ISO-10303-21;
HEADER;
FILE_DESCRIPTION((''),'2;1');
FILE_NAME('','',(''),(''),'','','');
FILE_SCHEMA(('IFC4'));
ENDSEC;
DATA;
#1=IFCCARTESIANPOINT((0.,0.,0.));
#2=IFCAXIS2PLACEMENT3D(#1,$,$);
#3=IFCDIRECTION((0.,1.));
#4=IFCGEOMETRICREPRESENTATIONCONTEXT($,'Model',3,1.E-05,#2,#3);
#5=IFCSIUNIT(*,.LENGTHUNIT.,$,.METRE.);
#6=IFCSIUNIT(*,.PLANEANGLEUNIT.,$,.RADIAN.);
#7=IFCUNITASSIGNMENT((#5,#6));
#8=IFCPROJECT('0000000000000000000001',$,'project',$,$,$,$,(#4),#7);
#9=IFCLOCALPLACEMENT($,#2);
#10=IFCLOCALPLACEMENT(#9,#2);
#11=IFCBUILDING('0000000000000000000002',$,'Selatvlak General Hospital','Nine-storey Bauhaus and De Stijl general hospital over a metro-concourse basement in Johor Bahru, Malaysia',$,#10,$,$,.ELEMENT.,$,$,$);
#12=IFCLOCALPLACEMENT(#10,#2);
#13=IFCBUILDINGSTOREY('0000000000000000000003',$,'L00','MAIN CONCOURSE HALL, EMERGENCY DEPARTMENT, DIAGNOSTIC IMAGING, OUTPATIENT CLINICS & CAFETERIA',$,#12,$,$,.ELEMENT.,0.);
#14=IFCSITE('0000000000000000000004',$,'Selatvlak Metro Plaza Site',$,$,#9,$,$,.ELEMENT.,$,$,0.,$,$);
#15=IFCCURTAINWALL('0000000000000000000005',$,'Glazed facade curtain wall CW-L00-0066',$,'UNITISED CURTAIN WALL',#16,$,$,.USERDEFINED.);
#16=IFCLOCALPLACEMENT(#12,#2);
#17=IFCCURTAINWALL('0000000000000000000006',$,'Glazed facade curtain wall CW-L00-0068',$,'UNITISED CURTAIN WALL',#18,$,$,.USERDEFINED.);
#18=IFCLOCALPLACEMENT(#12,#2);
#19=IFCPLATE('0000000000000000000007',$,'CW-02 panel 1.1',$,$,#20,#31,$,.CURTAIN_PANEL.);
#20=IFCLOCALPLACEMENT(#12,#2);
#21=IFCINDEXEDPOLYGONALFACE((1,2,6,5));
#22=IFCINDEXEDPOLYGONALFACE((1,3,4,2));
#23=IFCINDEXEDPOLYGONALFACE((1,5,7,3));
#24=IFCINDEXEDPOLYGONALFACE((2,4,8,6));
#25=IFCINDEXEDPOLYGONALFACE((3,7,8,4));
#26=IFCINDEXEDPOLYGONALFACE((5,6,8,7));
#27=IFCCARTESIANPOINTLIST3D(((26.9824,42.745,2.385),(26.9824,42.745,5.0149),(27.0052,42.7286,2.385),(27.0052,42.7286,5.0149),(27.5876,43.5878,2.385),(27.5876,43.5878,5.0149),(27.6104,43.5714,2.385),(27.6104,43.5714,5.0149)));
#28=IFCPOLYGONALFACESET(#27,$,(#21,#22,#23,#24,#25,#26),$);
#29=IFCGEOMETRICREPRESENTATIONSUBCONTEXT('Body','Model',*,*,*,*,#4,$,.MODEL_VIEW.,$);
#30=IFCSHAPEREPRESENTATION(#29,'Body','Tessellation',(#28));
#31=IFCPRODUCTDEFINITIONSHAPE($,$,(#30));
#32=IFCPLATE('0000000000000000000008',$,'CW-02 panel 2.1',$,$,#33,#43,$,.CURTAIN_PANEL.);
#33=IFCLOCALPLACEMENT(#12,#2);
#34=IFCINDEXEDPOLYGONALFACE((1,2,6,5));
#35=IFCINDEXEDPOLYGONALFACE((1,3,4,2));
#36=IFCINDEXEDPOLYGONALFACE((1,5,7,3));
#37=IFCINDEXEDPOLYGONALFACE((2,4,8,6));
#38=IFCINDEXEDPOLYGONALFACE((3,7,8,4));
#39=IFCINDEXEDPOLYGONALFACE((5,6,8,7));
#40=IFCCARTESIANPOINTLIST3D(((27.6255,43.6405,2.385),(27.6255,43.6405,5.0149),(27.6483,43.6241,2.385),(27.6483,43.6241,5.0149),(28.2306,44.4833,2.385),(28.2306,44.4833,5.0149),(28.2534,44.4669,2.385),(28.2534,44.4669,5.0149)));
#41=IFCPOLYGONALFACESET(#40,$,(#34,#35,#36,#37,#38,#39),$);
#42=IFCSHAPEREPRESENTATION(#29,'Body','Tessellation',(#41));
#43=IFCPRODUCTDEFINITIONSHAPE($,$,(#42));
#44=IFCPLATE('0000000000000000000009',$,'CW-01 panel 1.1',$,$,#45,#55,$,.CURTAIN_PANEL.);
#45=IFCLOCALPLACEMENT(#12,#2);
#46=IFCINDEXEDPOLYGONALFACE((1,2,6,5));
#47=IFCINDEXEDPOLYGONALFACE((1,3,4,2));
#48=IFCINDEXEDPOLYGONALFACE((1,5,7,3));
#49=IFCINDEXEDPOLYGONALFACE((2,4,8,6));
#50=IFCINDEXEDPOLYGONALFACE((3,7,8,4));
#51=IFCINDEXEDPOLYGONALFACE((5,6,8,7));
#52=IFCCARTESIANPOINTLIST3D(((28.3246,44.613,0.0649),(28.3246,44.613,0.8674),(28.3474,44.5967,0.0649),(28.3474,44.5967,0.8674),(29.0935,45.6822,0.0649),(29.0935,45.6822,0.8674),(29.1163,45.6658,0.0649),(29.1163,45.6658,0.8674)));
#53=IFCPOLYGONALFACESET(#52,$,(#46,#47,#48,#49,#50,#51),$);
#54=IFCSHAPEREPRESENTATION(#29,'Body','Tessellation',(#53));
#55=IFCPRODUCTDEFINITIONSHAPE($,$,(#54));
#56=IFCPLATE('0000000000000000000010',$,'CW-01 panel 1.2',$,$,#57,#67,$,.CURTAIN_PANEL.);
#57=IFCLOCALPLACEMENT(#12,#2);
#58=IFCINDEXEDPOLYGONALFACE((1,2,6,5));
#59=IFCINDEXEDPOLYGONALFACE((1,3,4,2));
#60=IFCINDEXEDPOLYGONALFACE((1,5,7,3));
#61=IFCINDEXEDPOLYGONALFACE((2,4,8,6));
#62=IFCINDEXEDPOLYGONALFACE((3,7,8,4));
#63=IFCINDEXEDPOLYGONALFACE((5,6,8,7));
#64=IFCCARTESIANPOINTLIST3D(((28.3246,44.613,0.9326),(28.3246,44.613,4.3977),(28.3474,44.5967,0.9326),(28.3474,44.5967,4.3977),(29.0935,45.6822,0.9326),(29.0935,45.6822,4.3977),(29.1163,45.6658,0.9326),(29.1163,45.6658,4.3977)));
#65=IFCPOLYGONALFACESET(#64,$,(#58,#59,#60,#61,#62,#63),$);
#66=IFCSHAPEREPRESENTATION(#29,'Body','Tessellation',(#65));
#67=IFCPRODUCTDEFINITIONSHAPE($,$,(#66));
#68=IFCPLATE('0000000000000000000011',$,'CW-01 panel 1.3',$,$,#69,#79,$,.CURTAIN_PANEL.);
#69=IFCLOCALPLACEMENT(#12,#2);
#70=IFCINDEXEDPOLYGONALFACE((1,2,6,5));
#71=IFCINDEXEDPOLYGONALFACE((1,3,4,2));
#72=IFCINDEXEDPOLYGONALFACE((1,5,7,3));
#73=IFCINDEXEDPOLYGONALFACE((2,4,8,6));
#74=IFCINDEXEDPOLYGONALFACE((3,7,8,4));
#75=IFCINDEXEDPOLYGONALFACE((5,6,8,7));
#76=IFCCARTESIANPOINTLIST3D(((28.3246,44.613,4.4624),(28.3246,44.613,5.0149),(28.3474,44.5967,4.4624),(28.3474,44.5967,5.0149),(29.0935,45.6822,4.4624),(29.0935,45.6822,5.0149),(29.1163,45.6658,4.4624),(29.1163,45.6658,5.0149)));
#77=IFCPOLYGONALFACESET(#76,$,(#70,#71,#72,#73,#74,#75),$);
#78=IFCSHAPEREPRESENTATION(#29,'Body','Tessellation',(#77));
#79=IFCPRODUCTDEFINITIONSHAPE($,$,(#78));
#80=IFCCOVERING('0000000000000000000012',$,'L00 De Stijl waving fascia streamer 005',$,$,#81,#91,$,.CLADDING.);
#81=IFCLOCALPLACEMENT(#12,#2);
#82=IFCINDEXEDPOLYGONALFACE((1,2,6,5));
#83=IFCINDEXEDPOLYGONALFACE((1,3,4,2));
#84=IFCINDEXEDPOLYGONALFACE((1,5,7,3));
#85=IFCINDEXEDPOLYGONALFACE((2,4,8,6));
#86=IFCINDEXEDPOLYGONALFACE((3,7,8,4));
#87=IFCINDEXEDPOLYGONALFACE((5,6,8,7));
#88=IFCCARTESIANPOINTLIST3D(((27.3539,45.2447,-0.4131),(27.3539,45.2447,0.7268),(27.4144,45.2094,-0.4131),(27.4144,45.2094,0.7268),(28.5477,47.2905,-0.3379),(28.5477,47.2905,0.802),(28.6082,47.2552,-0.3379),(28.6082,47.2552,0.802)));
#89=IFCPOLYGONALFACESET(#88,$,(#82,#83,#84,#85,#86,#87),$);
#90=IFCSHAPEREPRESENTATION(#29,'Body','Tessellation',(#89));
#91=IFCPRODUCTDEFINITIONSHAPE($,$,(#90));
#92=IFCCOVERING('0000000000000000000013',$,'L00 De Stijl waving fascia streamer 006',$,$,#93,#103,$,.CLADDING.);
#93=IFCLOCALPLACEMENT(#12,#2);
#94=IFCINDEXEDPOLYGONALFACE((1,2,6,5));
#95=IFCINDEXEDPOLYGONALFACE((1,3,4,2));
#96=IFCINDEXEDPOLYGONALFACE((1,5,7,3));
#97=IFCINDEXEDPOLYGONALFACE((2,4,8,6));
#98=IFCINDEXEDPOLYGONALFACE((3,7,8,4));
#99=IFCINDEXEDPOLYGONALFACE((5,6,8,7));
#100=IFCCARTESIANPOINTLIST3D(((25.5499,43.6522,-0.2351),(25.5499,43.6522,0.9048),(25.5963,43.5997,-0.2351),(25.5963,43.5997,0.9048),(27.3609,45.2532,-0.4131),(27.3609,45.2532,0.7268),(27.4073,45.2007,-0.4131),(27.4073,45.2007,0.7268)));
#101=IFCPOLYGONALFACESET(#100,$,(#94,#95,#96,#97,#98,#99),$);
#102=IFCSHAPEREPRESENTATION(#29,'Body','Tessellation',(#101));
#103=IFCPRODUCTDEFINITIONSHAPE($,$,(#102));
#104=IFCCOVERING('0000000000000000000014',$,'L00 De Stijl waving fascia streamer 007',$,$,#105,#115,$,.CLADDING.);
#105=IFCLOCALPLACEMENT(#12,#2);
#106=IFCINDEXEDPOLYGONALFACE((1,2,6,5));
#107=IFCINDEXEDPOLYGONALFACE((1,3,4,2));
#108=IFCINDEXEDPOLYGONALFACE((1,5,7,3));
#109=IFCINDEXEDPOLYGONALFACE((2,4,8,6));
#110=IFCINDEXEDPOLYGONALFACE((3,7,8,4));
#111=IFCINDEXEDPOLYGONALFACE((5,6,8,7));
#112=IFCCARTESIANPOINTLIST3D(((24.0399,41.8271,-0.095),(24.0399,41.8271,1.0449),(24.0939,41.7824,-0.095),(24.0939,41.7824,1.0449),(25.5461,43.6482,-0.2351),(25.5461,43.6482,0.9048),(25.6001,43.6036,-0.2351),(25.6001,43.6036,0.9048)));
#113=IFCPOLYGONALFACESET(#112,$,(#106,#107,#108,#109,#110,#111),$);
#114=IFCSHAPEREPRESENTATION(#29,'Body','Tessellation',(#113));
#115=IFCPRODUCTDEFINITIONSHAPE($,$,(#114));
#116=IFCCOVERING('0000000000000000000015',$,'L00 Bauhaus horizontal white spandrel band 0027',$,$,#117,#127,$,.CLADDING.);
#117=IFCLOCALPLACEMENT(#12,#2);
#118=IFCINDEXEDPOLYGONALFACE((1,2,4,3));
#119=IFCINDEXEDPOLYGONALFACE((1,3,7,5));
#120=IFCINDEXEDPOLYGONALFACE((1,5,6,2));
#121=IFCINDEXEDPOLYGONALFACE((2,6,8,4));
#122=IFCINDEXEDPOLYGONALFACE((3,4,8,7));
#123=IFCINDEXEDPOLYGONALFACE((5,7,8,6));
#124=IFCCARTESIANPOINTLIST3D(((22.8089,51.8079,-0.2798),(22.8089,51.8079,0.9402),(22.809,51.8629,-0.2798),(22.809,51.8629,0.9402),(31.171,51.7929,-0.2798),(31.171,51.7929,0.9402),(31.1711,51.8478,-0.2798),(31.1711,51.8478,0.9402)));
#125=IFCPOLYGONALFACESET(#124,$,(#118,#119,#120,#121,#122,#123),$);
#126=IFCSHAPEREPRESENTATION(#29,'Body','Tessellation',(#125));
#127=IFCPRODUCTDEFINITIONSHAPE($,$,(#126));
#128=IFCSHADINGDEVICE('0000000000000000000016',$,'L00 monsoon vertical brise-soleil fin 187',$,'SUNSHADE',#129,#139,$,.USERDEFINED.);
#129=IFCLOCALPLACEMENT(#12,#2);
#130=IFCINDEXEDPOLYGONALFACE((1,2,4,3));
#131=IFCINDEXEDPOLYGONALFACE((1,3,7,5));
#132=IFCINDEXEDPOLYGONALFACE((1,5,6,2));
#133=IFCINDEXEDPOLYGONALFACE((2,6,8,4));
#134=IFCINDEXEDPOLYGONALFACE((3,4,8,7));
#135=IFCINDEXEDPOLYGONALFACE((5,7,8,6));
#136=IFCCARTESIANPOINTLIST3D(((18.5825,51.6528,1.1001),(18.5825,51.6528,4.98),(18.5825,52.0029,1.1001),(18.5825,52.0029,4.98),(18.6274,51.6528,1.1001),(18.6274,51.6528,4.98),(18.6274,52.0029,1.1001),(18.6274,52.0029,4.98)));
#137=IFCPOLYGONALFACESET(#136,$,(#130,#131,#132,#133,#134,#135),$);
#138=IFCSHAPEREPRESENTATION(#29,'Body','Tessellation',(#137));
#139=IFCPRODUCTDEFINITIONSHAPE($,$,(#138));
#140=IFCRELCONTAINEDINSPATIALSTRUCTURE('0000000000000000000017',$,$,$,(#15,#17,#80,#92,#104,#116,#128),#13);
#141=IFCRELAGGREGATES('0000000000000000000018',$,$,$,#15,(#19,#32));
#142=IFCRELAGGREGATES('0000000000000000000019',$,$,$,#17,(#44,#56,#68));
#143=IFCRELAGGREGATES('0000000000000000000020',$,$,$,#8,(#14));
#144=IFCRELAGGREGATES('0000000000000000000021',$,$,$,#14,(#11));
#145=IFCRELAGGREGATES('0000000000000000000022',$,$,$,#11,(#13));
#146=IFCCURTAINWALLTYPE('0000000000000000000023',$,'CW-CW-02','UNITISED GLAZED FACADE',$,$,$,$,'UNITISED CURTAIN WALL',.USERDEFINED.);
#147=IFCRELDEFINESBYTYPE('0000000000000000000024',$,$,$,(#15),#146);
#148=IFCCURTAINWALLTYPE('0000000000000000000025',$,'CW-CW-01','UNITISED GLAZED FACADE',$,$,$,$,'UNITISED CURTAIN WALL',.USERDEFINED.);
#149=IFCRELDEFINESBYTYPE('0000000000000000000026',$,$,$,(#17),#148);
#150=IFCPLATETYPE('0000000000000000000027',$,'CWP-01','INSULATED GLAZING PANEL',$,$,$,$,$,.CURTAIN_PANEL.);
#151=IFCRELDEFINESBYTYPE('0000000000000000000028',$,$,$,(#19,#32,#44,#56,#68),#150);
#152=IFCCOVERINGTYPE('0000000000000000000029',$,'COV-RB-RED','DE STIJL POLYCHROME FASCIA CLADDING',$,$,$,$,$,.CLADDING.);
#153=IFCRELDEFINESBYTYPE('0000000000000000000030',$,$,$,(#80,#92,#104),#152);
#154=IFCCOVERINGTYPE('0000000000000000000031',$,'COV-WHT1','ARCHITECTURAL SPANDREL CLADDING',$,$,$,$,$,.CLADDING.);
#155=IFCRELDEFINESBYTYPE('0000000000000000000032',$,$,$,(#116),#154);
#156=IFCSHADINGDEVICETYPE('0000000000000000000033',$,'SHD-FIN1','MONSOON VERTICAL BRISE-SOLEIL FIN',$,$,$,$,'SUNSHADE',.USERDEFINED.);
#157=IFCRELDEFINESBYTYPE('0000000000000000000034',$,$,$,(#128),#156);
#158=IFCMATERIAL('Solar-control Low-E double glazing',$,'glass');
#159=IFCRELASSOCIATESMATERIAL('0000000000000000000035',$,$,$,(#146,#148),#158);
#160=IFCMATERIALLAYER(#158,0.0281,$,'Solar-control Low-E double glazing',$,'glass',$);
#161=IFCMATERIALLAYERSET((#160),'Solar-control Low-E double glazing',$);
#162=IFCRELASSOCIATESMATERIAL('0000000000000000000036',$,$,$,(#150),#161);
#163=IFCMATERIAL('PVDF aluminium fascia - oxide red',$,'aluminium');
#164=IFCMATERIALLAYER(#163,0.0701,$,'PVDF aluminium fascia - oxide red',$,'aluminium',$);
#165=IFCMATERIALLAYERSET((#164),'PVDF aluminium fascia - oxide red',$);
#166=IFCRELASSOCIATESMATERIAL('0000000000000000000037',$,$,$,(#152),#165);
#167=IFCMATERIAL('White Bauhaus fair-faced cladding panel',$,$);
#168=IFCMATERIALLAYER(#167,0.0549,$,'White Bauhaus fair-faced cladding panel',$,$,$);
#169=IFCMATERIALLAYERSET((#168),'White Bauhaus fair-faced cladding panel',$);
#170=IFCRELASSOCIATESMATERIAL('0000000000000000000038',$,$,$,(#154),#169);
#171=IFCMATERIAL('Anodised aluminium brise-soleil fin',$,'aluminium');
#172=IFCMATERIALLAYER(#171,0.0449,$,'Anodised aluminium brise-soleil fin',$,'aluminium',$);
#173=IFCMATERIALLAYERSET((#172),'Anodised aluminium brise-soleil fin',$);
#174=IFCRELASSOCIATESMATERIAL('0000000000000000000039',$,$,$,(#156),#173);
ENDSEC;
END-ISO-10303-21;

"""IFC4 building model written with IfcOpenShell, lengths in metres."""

from ifc_helpers import new_model, si_unit, direction, frame, origin, origin_2d, place, context, subcontext, project, spatial, polyline, rectangle, outline, extrude, material, layer, layer_set, type_object, element, aggregate, save


model = new_model("IFC4")

# Units and contexts
model_context = context("Model", 3, precision=1e-05, world=origin(), true_north=direction((0.0, 1.0)))
body_context = subcontext(model_context, "Body", "Model", "MODEL_VIEW")
ifc_project = project(units=[si_unit("LENGTHUNIT", "METRE"), si_unit("PLANEANGLEUNIT", "RADIAN")], contexts=[model_context])

# Site, building, storey
site_placement = place(None, origin())
site = spatial("IfcSite", under=ifc_project, at=site_placement, Name="Selatvlak Metro Plaza Site", CompositionType="ELEMENT", RefElevation=0.0)
building_placement = place(site_placement, origin())
building = spatial("IfcBuilding", under=site, at=building_placement, Name="Selatvlak General Hospital", Description="Nine-storey Bauhaus and De Stijl general hospital over a metro-concourse basement in Johor Bahru, Malaysia", CompositionType="ELEMENT")
storey_placement = place(building_placement, origin())
storey = spatial("IfcBuildingStorey", under=building, at=storey_placement, Name="L00", Description="MAIN CONCOURSE HALL, EMERGENCY DEPARTMENT, DIAGNOSTIC IMAGING, OUTPATIENT CLINICS & CAFETERIA", CompositionType="ELEMENT", Elevation=0.0)

# Curtain walls
ifc_material_1 = material(Name="Solar-control Low-E double glazing", Category="glass")
curtain_wall_type_1 = type_object("IfcCurtainWallType", Name="CW-CW-02", Description="UNITISED GLAZED FACADE", ElementType="UNITISED CURTAIN WALL", PredefinedType="USERDEFINED", material=ifc_material_1)
curtain_wall_1_placement = place(storey_placement, origin())
curtain_wall_1 = element("IfcCurtainWall", 1, at=curtain_wall_1_placement, inside=storey, type_object=curtain_wall_type_1, Name="Glazed facade curtain wall CW-L00-0066", ObjectType="UNITISED CURTAIN WALL", PredefinedType="USERDEFINED")
curtain_wall_type_2 = type_object("IfcCurtainWallType", Name="CW-CW-01", Description="UNITISED GLAZED FACADE", ElementType="UNITISED CURTAIN WALL", PredefinedType="USERDEFINED", material=ifc_material_1)
curtain_wall_2_placement = place(storey_placement, origin())
curtain_wall_2 = element("IfcCurtainWall", 2, at=curtain_wall_2_placement, inside=storey, type_object=curtain_wall_type_2, Name="Glazed facade curtain wall CW-L00-0068", ObjectType="UNITISED CURTAIN WALL", PredefinedType="USERDEFINED")

# Plates
ifc_layer_1 = layer(ifc_material_1, 0.0281, Name="Solar-control Low-E double glazing", Category="glass")
ifc_layer_set_1 = layer_set([ifc_layer_1], Name="Solar-control Low-E double glazing")
plate_type = type_object("IfcPlateType", Name="CWP-01", Description="INSULATED GLAZING PANEL", PredefinedType="CURTAIN_PANEL", material=ifc_layer_set_1)
plate_1_placement = place(storey_placement, frame((27.2964, 43.1582, 2.385), z_axis=(0.0, 0.0, 1.0), x_axis=(0.583237, 0.812302, 0.0)))
plate_1 = element("IfcPlate", 3, at=plate_1_placement, type_object=plate_type, Name="CW-02 panel 1.1", PredefinedType="CURTAIN_PANEL", context=body_context, shape_type="SweptSolid", body=[
    extrude(rectangle(XDim=1.0376, YDim=0.0281, at=origin_2d()), origin(), (0.0, 0.0, 1.0), 2.6299),
])
plate_2_placement = place(storey_placement, frame((27.9395, 44.0537, 2.385), z_axis=(0.0, 0.0, 1.0), x_axis=(0.583237, 0.812302, 0.0)))
plate_2 = element("IfcPlate", 4, at=plate_2_placement, type_object=plate_type, Name="CW-02 panel 2.1", PredefinedType="CURTAIN_PANEL", context=body_context, shape_type="SweptSolid", body=[
    extrude(rectangle(XDim=1.0376, YDim=0.0281, at=origin_2d()), origin(), (0.0, 0.0, 1.0), 2.6299),
])
aggregate(curtain_wall_1, [plate_1, plate_2])
plate_3_placement = place(storey_placement, frame((28.7205, 45.1394, 0.0649), z_axis=(0.0, 0.0, 1.0), x_axis=(0.583884, 0.811837, 0.0)))
plate_3 = element("IfcPlate", 5, at=plate_3_placement, type_object=plate_type, Name="CW-01 panel 1.1", PredefinedType="CURTAIN_PANEL", context=body_context, shape_type="SweptSolid", body=[
    extrude(rectangle(XDim=1.3169, YDim=0.0281, at=origin_2d()), origin(), (0.0, 0.0, 1.0), 0.8025),
])
plate_4_placement = place(storey_placement, frame((28.7205, 45.1394, 0.9326), z_axis=(0.0, 0.0, 1.0), x_axis=(0.583884, 0.811837, 0.0)))
plate_4 = element("IfcPlate", 6, at=plate_4_placement, type_object=plate_type, Name="CW-01 panel 1.2", PredefinedType="CURTAIN_PANEL", context=body_context, shape_type="SweptSolid", body=[
    extrude(rectangle(XDim=1.3169, YDim=0.0281, at=origin_2d()), origin(), (0.0, 0.0, 1.0), 3.4651),
])
plate_5_placement = place(storey_placement, frame((28.7205, 45.1394, 4.4624), z_axis=(0.0, 0.0, 1.0), x_axis=(0.583884, 0.811837, 0.0)))
plate_5 = element("IfcPlate", 7, at=plate_5_placement, type_object=plate_type, Name="CW-01 panel 1.3", PredefinedType="CURTAIN_PANEL", context=body_context, shape_type="SweptSolid", body=[
    extrude(rectangle(XDim=1.3169, YDim=0.0281, at=origin_2d()), origin(), (0.0, 0.0, 1.0), 0.5525),
])
aggregate(curtain_wall_2, [plate_3, plate_4, plate_5])

# Coverings
ifc_material_2 = material(Name="PVDF aluminium fascia - oxide red", Category="aluminium")
ifc_layer_2 = layer(ifc_material_2, 0.0701, Name="PVDF aluminium fascia - oxide red", Category="aluminium")
ifc_layer_set_2 = layer_set([ifc_layer_2], Name="PVDF aluminium fascia - oxide red")
covering_type_1 = type_object("IfcCoveringType", Name="COV-RB-RED", Description="DE STIJL POLYCHROME FASCIA CLADDING", PredefinedType="CLADDING", material=ifc_layer_set_2)
covering_1_placement = place(storey_placement, frame((28.5779, 47.2729, -0.3379), z_axis=(0.0, 0.0, 1.0), x_axis=(-0.503999, -0.863704, 0.0)))
element("IfcCovering", 8, at=covering_1_placement, inside=storey, type_object=covering_type_1, Name="L00 De Stijl waving fascia streamer 005", PredefinedType="CLADDING", context=body_context, shape_type="SweptSolid", body=[
    extrude(outline(polyline([(0.0, 0.0), (2.3687, -0.0752), (2.3687, 1.0647), (0.0, 1.1399), (0.0, 0.0)])), frame((0.0, 0.0352, 0.0), z_axis=(0.0, -1.0, 0.0), x_axis=(1.0, 0.0, 0.0)), (0.0, 0.0, 1.0), 0.0701),
])
covering_2_placement = place(storey_placement, frame((27.384, 45.2271, -0.4131), z_axis=(0.0, 0.0, 1.0), x_axis=(-0.749201, -0.662343, 0.0)))
element("IfcCovering", 9, at=covering_2_placement, inside=storey, type_object=covering_type_1, Name="L00 De Stijl waving fascia streamer 006", PredefinedType="CLADDING", context=body_context, shape_type="SweptSolid", body=[
    extrude(outline(polyline([(0.0, 0.0), (2.4172, 0.178), (2.4172, 1.3179), (0.0, 1.1399), (0.0, 0.0)])), frame((0.0, 0.0352, 0.0), z_axis=(0.0, -1.0, 0.0), x_axis=(1.0, 0.0, 0.0)), (0.0, 0.0, 1.0), 0.0701),
])
covering_3_placement = place(storey_placement, frame((25.573, 43.626, -0.2351), z_axis=(0.0, 0.0, 1.0), x_axis=(-0.637325, -0.770596, 0.0)))
element("IfcCovering", 10, at=covering_3_placement, inside=storey, type_object=covering_type_1, Name="L00 De Stijl waving fascia streamer 007", PredefinedType="CLADDING", context=body_context, shape_type="SweptSolid", body=[
    extrude(outline(polyline([(0.0, 0.0), (2.3633, 0.1401), (2.3633, 1.28), (0.0, 1.1399), (0.0, 0.0)])), frame((0.0, 0.0352, 0.0), z_axis=(0.0, -1.0, 0.0), x_axis=(1.0, 0.0, 0.0)), (0.0, 0.0, 1.0), 0.0701),
])
ifc_material_3 = material(Name="White Bauhaus fair-faced cladding panel")
ifc_layer_3 = layer(ifc_material_3, 0.0549, Name="White Bauhaus fair-faced cladding panel")
ifc_layer_set_3 = layer_set([ifc_layer_3], Name="White Bauhaus fair-faced cladding panel")
covering_type_2 = type_object("IfcCoveringType", Name="COV-WHT1", Description="ARCHITECTURAL SPANDREL CLADDING", PredefinedType="CLADDING", material=ifc_layer_set_3)
covering_4_placement = place(storey_placement, frame((26.99, 51.8279, -0.2798), z_axis=(0.0, 0.0, 1.0), x_axis=(-0.999998, 0.001798, 0.0)))
element("IfcCovering", 11, at=covering_4_placement, inside=storey, type_object=covering_type_2, Name="L00 Bauhaus horizontal white spandrel band 0027", PredefinedType="CLADDING", context=body_context, shape_type="SweptSolid", body=[
    extrude(rectangle(XDim=8.3621, YDim=0.0549, at=origin_2d()), origin(), (0.0, 0.0, 1.0), 1.22),
])

# Shading device
ifc_material_4 = material(Name="Anodised aluminium brise-soleil fin", Category="aluminium")
ifc_layer_4 = layer(ifc_material_4, 0.0449, Name="Anodised aluminium brise-soleil fin", Category="aluminium")
ifc_layer_set_4 = layer_set([ifc_layer_4], Name="Anodised aluminium brise-soleil fin")
shading_device_type = type_object("IfcShadingDeviceType", Name="SHD-FIN1", Description="MONSOON VERTICAL BRISE-SOLEIL FIN", ElementType="SUNSHADE", PredefinedType="USERDEFINED", material=ifc_layer_set_4)
shading_device_placement = place(storey_placement, frame((18.605, 51.8279, 1.1001), z_axis=(0.0, 0.0, 1.0), x_axis=(0.0, -1.0, 0.0)))
element("IfcShadingDevice", 12, at=shading_device_placement, inside=storey, type_object=shading_device_type, Name="L00 monsoon vertical brise-soleil fin 187", ObjectType="SUNSHADE", PredefinedType="USERDEFINED", context=body_context, shape_type="SweptSolid", body=[
    extrude(rectangle(XDim=0.3501, YDim=0.0449, at=origin_2d()), origin(), (0.0, 0.0, 1.0), 3.8799),
])

save(model, "model.ifc")
